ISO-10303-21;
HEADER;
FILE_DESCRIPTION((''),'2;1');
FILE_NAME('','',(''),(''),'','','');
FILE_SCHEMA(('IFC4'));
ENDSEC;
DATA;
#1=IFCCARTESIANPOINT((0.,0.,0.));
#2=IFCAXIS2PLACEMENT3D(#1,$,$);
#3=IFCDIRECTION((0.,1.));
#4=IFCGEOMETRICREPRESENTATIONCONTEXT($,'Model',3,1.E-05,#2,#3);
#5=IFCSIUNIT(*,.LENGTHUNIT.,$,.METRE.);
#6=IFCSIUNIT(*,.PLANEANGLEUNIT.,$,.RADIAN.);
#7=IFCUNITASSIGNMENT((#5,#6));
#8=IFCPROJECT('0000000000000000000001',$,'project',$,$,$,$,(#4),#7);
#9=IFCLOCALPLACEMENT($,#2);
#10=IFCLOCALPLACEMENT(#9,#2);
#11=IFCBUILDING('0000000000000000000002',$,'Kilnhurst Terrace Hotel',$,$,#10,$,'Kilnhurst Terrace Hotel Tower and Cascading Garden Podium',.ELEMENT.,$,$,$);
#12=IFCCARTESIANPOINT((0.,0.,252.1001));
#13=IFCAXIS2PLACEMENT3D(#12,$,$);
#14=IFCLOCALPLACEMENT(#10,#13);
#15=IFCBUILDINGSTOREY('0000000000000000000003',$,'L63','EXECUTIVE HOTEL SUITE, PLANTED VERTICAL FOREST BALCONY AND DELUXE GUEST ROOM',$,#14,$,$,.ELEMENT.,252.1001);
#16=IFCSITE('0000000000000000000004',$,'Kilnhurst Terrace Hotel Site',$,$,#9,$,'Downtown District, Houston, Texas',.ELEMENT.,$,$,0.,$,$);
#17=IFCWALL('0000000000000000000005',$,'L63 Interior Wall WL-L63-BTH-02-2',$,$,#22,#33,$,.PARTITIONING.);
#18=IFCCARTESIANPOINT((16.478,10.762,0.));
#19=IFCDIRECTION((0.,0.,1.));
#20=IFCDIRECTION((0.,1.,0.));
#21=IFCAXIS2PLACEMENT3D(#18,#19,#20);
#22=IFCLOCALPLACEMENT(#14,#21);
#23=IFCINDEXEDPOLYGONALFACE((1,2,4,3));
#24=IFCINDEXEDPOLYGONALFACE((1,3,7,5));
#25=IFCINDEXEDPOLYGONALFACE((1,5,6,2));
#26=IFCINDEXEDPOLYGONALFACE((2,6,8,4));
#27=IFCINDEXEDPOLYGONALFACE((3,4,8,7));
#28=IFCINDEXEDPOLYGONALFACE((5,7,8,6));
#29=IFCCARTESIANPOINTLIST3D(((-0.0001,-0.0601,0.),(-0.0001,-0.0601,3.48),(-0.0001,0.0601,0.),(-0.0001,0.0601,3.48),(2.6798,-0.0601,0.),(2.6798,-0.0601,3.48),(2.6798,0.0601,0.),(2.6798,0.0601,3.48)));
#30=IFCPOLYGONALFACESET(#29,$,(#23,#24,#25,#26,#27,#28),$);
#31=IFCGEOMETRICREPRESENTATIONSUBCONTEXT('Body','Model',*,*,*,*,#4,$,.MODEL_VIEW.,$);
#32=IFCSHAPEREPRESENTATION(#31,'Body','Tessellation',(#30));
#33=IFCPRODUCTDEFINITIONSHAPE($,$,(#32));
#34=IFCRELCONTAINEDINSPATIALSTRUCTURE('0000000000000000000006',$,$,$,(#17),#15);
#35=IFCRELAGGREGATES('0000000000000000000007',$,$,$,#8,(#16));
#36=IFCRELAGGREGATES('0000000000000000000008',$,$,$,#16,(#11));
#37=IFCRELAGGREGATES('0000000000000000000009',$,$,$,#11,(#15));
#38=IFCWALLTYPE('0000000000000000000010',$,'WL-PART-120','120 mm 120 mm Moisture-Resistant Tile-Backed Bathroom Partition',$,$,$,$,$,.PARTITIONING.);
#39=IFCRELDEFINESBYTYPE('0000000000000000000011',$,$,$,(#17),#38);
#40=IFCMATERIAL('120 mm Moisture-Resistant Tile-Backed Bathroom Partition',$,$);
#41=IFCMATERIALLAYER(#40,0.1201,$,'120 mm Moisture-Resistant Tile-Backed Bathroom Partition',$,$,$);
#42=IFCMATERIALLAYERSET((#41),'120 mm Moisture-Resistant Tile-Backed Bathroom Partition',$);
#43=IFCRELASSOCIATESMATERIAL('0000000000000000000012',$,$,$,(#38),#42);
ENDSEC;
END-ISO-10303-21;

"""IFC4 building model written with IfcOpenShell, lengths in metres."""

from ifc_helpers import new_model, si_unit, direction, frame, frame_2d, origin, place, context, subcontext, project, spatial, rectangle, extrude, material, layer, layer_set, type_object, element, save


model = new_model("IFC4")

# Units and contexts
model_context = context("Model", 3, precision=1e-05, world=origin(), true_north=direction((0.0, 1.0)))
body_context = subcontext(model_context, "Body", "Model", "MODEL_VIEW")
ifc_project = project(units=[si_unit("LENGTHUNIT", "METRE"), si_unit("PLANEANGLEUNIT", "RADIAN")], contexts=[model_context])

# Site, building, storey
site_placement = place(None, origin())
site = spatial("IfcSite", under=ifc_project, at=site_placement, Name="Kilnhurst Terrace Hotel Site", LongName="Downtown District, Houston, Texas", CompositionType="ELEMENT", RefElevation=0.0)
building_placement = place(site_placement, origin())
building = spatial("IfcBuilding", under=site, at=building_placement, Name="Kilnhurst Terrace Hotel", LongName="Kilnhurst Terrace Hotel Tower and Cascading Garden Podium", CompositionType="ELEMENT")
storey_placement = place(building_placement, frame((0.0, 0.0, 252.1001)))
storey = spatial("IfcBuildingStorey", under=building, at=storey_placement, Name="L63", Description="EXECUTIVE HOTEL SUITE, PLANTED VERTICAL FOREST BALCONY AND DELUXE GUEST ROOM", CompositionType="ELEMENT", Elevation=252.1001)

# Shared definitions
ifc_material_1 = material(Name="120 mm Moisture-Resistant Tile-Backed Bathroom Partition")
ifc_layer_1 = layer(ifc_material_1, 0.1201, Name="120 mm Moisture-Resistant Tile-Backed Bathroom Partition")
ifc_layer_set_1 = layer_set([ifc_layer_1], Name="120 mm Moisture-Resistant Tile-Backed Bathroom Partition")
wall_type_1 = type_object("IfcWallType", Name="WL-PART-120", Description="120 mm 120 mm Moisture-Resistant Tile-Backed Bathroom Partition", PredefinedType="PARTITIONING", material=ifc_layer_set_1)

# Wall
wall_1_placement = place(storey_placement, frame((16.478, 10.762, 0.0), z_axis=(0.0, 0.0, 1.0), x_axis=(0.0, 1.0, 0.0)))
element("IfcWall", 1, at=wall_1_placement, inside=storey, type_object=wall_type_1, Name="L63 Interior Wall WL-L63-BTH-02-2", PredefinedType="PARTITIONING", context=body_context, shape_type="SweptSolid", body=[
    extrude(rectangle(XDim=2.6799, YDim=0.1201, at=frame_2d((1.3398, 0.0))), origin(), (0.0, 0.0, 1.0), 3.48),
])

save(model, "model.ifc")
